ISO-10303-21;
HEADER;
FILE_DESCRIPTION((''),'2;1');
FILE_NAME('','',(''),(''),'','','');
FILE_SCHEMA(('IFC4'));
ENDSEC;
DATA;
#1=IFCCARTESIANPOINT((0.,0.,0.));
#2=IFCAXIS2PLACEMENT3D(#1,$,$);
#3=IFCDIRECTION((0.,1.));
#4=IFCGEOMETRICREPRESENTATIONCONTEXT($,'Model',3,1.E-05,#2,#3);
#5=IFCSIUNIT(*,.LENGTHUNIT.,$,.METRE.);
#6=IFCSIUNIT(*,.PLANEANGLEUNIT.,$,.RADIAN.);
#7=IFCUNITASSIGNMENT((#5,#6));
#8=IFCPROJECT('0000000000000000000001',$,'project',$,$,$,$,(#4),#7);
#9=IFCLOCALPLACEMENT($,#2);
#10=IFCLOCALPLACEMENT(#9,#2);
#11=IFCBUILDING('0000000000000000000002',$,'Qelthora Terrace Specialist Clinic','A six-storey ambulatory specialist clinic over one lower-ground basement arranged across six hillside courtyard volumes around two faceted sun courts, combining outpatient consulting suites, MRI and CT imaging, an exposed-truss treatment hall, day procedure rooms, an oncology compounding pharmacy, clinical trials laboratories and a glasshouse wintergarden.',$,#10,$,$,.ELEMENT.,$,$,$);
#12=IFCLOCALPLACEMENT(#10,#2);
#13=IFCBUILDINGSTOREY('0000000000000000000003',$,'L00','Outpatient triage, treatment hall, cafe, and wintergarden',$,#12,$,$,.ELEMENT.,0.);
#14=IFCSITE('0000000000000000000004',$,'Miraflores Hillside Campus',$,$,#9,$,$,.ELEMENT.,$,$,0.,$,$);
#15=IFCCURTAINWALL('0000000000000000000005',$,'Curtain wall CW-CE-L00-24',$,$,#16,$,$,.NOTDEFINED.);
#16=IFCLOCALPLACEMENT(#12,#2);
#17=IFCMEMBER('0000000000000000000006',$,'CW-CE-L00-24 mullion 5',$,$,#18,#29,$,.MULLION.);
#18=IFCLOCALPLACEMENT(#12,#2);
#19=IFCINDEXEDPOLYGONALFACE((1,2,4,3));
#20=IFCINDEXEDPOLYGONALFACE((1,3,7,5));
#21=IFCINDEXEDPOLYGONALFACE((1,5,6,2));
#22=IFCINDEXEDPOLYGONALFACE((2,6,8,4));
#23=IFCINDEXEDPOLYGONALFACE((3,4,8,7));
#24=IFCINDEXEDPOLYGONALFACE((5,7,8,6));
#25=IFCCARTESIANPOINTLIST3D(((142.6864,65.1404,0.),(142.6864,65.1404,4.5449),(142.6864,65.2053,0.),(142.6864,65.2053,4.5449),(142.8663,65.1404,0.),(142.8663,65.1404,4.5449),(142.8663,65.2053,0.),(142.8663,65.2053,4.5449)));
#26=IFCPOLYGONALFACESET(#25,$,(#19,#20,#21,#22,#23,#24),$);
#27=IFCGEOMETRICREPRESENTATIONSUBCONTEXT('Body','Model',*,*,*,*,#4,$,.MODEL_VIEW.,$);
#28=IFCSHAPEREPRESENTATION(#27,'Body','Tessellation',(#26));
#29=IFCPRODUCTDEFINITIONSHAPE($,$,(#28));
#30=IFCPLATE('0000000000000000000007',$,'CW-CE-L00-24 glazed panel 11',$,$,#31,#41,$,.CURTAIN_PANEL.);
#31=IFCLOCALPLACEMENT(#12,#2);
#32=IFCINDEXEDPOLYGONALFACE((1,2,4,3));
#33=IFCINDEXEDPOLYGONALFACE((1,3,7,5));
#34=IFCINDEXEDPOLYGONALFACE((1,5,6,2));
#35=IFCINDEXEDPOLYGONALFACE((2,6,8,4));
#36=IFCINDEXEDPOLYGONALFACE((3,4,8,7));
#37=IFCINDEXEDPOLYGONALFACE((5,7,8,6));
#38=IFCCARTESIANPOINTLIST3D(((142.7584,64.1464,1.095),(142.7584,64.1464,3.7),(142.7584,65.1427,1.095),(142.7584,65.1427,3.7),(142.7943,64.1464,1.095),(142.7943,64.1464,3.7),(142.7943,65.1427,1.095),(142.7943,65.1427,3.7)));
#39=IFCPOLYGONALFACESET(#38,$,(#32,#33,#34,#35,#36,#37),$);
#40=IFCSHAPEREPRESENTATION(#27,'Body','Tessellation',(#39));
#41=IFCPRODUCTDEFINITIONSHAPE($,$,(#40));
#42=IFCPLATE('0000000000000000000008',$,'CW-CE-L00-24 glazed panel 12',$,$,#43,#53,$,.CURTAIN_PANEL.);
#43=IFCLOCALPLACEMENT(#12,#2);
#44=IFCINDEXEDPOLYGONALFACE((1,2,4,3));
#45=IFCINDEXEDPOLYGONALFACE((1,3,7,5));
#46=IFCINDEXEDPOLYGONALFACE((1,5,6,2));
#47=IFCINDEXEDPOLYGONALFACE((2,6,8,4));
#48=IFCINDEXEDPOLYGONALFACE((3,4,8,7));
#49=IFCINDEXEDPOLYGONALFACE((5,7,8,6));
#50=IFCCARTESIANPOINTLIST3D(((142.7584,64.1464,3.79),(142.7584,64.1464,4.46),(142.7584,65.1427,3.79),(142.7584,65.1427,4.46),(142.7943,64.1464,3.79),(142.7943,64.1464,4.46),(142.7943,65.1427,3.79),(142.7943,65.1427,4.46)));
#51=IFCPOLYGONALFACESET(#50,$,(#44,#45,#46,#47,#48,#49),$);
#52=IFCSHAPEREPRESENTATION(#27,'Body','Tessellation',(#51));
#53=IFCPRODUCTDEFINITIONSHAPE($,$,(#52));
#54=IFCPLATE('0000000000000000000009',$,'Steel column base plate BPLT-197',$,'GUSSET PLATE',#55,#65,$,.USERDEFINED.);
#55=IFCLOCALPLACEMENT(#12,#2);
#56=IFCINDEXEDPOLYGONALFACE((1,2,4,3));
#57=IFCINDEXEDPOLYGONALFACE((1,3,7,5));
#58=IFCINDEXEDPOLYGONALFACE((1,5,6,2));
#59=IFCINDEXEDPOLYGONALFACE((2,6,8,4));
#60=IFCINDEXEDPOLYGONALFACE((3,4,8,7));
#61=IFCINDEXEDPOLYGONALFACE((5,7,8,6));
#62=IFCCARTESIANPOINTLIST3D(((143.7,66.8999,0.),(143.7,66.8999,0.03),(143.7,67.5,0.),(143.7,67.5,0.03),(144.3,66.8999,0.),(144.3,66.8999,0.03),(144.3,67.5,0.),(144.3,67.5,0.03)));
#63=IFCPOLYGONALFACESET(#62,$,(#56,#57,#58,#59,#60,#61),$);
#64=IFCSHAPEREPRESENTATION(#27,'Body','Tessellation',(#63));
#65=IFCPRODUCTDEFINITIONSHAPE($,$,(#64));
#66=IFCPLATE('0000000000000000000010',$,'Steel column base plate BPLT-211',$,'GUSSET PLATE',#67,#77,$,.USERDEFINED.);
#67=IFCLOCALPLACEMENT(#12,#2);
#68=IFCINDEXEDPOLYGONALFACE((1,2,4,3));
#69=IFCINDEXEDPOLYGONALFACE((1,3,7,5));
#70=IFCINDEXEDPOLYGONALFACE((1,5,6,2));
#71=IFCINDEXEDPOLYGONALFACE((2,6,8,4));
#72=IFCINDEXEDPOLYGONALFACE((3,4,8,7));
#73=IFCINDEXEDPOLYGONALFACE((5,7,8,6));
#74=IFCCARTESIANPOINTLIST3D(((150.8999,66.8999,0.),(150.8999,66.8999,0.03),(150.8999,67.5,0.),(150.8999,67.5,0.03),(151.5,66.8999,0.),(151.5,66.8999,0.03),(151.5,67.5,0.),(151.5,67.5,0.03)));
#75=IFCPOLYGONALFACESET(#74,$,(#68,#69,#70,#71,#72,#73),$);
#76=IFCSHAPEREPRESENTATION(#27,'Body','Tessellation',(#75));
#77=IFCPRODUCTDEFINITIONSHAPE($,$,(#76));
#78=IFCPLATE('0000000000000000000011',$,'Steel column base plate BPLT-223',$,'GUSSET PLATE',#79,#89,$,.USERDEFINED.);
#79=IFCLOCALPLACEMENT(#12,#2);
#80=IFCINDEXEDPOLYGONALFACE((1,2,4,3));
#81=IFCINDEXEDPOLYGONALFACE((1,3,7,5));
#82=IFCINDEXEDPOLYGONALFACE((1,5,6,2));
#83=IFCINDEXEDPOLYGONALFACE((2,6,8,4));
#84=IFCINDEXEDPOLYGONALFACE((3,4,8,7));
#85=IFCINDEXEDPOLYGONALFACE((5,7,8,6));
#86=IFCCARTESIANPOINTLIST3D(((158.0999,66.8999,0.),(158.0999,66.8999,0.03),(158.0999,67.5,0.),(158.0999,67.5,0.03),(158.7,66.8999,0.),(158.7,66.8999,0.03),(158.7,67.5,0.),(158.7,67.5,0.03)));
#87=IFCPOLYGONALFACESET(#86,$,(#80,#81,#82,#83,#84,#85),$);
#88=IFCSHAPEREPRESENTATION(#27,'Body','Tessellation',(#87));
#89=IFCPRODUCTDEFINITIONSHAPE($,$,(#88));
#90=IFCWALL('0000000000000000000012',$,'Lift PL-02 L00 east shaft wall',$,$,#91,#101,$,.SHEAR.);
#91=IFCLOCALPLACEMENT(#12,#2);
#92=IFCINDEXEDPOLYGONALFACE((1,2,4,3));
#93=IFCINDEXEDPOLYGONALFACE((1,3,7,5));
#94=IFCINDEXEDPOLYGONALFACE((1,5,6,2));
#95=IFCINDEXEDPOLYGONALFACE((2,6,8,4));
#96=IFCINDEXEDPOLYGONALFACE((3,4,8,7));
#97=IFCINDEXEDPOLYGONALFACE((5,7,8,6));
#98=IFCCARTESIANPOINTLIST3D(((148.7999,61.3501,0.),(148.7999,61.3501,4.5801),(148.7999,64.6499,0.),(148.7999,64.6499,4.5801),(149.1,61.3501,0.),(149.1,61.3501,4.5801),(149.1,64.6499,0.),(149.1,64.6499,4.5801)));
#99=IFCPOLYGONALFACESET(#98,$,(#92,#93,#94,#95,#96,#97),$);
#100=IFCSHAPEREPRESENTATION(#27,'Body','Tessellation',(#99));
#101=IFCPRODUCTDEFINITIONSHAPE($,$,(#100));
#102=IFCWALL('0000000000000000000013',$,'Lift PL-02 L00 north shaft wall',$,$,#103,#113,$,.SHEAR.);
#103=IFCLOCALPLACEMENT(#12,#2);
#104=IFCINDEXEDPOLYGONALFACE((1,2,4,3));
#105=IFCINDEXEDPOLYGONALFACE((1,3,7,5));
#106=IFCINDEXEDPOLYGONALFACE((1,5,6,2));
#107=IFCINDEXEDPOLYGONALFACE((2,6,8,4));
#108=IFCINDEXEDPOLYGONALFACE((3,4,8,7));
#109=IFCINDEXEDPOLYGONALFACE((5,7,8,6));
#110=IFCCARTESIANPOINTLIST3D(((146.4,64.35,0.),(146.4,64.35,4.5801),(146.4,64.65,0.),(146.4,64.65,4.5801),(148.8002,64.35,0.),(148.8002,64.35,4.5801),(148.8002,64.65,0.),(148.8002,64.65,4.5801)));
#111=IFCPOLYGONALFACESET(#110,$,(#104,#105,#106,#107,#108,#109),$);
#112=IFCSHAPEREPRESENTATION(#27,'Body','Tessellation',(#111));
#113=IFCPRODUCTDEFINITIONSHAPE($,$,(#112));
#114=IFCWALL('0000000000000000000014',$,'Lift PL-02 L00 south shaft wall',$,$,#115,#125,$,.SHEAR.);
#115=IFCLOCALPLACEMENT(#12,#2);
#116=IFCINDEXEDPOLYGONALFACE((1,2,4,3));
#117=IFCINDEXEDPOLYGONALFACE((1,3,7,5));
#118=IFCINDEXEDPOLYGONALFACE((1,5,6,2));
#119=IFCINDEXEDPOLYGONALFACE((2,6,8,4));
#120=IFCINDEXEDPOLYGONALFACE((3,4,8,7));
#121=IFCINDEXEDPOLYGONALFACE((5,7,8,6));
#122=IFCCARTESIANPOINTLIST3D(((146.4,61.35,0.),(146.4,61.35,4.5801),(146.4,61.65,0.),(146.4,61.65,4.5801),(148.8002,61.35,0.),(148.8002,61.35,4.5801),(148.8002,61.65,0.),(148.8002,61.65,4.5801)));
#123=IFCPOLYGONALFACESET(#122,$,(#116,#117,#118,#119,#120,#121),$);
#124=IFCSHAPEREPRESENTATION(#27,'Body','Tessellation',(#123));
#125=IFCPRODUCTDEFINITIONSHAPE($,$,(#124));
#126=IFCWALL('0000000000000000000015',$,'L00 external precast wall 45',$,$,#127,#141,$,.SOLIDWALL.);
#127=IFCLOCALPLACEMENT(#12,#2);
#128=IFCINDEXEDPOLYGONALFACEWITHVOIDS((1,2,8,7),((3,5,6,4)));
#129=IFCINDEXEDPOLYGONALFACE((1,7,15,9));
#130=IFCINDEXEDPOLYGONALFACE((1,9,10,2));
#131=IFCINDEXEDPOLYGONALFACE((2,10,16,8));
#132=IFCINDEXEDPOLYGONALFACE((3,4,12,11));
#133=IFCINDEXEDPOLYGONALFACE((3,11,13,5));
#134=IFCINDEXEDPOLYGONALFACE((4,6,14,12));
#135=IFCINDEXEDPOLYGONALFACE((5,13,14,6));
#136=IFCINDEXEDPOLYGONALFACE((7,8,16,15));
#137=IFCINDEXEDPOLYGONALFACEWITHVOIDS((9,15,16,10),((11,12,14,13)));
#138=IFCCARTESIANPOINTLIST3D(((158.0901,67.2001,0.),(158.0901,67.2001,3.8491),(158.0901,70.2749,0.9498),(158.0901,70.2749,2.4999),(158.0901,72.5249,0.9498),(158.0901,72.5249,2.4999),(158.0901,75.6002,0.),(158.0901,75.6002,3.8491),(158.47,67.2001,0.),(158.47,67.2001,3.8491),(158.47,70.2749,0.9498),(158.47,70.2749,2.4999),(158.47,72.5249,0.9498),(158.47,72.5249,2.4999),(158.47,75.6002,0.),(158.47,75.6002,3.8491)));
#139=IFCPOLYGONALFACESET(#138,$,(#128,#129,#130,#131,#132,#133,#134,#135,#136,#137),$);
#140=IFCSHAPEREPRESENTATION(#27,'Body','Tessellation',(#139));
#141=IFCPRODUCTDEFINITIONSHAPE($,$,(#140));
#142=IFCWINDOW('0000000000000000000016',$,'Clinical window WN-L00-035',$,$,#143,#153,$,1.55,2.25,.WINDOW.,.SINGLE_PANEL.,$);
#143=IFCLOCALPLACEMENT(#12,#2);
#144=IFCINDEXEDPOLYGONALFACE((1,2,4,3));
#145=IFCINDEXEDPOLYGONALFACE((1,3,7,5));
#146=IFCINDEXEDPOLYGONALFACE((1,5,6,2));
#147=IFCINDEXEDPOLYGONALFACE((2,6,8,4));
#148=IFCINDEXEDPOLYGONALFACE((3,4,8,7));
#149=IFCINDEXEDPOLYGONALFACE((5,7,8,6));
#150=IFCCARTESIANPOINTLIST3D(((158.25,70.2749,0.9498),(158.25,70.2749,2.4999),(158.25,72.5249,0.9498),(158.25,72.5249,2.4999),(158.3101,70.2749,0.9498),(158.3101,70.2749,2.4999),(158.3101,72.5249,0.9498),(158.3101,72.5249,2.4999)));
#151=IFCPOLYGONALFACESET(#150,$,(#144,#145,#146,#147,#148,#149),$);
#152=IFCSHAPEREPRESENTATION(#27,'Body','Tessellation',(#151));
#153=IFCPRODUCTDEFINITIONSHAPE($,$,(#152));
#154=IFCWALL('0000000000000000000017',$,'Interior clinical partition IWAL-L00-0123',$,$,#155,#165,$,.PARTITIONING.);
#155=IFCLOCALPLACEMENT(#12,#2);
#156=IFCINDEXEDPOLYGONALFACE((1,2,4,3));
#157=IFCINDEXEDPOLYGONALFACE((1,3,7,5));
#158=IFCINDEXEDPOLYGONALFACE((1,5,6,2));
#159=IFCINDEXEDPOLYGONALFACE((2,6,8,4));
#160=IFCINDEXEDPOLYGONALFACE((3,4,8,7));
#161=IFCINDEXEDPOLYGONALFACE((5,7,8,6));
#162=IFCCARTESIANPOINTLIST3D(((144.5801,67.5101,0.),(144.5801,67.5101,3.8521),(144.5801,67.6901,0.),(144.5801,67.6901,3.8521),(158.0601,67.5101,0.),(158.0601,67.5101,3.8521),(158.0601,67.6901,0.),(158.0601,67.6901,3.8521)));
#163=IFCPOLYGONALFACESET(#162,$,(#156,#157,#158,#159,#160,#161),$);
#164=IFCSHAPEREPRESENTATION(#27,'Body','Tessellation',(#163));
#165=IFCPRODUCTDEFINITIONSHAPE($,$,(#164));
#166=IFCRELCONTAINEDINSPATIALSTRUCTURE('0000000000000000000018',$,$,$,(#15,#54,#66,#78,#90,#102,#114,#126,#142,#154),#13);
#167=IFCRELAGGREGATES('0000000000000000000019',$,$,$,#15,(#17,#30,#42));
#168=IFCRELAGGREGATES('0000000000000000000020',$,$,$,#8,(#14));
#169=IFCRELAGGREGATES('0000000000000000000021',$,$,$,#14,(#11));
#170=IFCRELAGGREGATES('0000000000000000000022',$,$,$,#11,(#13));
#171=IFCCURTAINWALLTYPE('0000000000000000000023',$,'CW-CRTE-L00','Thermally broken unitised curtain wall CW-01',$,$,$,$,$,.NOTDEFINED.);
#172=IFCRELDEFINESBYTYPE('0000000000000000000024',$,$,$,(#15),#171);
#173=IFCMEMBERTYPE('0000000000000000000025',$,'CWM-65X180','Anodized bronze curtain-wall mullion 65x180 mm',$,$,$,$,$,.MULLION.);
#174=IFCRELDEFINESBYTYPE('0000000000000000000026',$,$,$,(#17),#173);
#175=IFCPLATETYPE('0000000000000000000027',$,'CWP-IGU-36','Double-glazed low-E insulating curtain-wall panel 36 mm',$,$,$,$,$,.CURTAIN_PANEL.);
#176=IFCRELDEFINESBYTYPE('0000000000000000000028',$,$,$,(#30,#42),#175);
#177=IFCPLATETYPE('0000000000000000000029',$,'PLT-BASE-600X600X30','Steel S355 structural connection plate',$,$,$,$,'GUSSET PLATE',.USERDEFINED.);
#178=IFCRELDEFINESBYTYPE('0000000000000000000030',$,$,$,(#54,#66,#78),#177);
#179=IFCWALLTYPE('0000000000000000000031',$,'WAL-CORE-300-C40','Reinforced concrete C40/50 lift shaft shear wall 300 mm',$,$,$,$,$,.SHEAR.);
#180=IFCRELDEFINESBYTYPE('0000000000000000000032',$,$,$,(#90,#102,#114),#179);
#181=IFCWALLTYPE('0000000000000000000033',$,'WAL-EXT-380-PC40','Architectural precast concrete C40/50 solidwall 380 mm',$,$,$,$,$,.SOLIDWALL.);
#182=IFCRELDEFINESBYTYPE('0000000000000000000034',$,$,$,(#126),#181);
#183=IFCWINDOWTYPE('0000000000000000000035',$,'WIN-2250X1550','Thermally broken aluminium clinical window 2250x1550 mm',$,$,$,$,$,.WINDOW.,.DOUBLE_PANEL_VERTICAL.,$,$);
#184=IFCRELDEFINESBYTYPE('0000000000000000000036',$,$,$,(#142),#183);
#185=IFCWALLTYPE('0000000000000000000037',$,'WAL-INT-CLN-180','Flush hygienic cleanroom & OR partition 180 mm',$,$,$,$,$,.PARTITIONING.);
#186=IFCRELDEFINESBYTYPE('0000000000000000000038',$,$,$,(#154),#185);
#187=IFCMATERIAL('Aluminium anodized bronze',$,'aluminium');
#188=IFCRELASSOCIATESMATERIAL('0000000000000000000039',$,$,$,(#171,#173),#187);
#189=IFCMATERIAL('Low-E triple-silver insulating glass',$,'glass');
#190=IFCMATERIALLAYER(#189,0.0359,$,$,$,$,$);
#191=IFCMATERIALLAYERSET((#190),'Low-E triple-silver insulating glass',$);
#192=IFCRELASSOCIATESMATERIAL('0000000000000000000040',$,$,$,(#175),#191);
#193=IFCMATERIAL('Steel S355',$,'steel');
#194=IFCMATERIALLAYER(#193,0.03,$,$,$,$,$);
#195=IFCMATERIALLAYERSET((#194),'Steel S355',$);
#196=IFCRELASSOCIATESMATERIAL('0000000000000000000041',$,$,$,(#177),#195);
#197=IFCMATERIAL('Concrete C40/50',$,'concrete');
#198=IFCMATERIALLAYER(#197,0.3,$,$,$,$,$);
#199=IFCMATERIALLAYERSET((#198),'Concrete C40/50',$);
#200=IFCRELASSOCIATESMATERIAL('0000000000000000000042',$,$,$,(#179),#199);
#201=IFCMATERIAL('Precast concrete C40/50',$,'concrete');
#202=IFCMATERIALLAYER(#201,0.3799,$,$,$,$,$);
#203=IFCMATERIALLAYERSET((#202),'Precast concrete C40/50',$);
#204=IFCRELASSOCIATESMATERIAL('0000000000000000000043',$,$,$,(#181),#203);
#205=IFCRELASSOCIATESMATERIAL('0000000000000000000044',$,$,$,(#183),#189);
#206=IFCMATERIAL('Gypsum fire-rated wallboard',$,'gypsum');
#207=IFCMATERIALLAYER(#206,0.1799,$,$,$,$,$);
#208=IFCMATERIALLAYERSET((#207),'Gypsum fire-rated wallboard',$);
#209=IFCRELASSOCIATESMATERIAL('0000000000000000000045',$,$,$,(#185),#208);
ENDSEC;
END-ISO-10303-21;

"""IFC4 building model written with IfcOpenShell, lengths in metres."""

from ifc_helpers import new_model, si_unit, direction, frame, frame_2d, origin, origin_2d, place, context, subcontext, project, spatial, rectangle, extrude, material, layer, layer_set, material_profile, profile_set, type_object, element, fill, aggregate, save


model = new_model("IFC4")

# Units and contexts
model_context = context("Model", 3, precision=1e-05, world=origin(), true_north=direction((0.0, 1.0)))
body_context = subcontext(model_context, "Body", "Model", "MODEL_VIEW")
ifc_project = project(units=[si_unit("LENGTHUNIT", "METRE"), si_unit("PLANEANGLEUNIT", "RADIAN")], contexts=[model_context])

# Site, building, storey
site_placement = place(None, origin())
site = spatial("IfcSite", under=ifc_project, at=site_placement, Name="Miraflores Hillside Campus", CompositionType="ELEMENT", RefElevation=0.0)
building_placement = place(site_placement, origin())
building = spatial("IfcBuilding", under=site, at=building_placement, Name="Qelthora Terrace Specialist Clinic", Description="A six-storey ambulatory specialist clinic over one lower-ground basement arranged across six hillside courtyard volumes around two faceted sun courts, combining outpatient consulting suites, MRI and CT imaging, an exposed-truss treatment hall, day procedure rooms, an oncology compounding pharmacy, clinical trials laboratories and a glasshouse wintergarden.", CompositionType="ELEMENT")
storey_placement = place(building_placement, origin())
storey = spatial("IfcBuildingStorey", under=building, at=storey_placement, Name="L00", Description="Outpatient triage, treatment hall, cafe, and wintergarden", CompositionType="ELEMENT", Elevation=0.0)

# Shared definitions
ifc_material_1 = material(Name="Steel S355", Category="steel")

# Curtain wall, member, plates
ifc_material_2 = material(Name="Aluminium anodized bronze", Category="aluminium")
curtain_wall_type = type_object("IfcCurtainWallType", Name="CW-CRTE-L00", Description="Thermally broken unitised curtain wall CW-01", PredefinedType="NOTDEFINED", material=ifc_material_2)
curtain_wall_placement = place(storey_placement, origin())
curtain_wall = element("IfcCurtainWall", 1, at=curtain_wall_placement, inside=storey, type_object=curtain_wall_type, Name="Curtain wall CW-CE-L00-24", PredefinedType="NOTDEFINED")
ifc_material_profile_1 = material_profile(ifc_material_2, rectangle(XDim=0.0649, YDim=0.1799, at=origin_2d()), Name="CWM65X180")
ifc_profile_set_1 = profile_set([ifc_material_profile_1], Name="Aluminium anodized bronze")
member_type = type_object("IfcMemberType", Name="CWM-65X180", Description="Anodized bronze curtain-wall mullion 65x180 mm", PredefinedType="MULLION", material=ifc_profile_set_1)
member_placement = place(storey_placement, frame((142.7764, 65.1729, 0.0), z_axis=(0.0, 0.0, 1.0), x_axis=(0.0, 1.0, 0.0)))
member = element("IfcMember", 2, at=member_placement, type_object=member_type, Name="CW-CE-L00-24 mullion 5", PredefinedType="MULLION", context=body_context, shape_type="SweptSolid", body=[
    extrude(rectangle(XDim=0.0649, YDim=0.1799, at=origin_2d()), origin(), (0.0, 0.0, 1.0), 4.5449),
])
ifc_material_3 = material(Name="Low-E triple-silver insulating glass", Category="glass")
ifc_layer_1 = layer(ifc_material_3, 0.0359)
ifc_layer_set_1 = layer_set([ifc_layer_1], Name="Low-E triple-silver insulating glass")
plate_type_1 = type_object("IfcPlateType", Name="CWP-IGU-36", Description="Double-glazed low-E insulating curtain-wall panel 36 mm", PredefinedType="CURTAIN_PANEL", material=ifc_layer_set_1)
plate_1_placement = place(storey_placement, frame((142.7764, 64.6445, 1.095), z_axis=(0.0, 0.0, 1.0), x_axis=(0.0, 1.0, 0.0)))
plate_1 = element("IfcPlate", 3, at=plate_1_placement, type_object=plate_type_1, Name="CW-CE-L00-24 glazed panel 11", PredefinedType="CURTAIN_PANEL", context=body_context, shape_type="SweptSolid", body=[
    extrude(rectangle(XDim=0.9963, YDim=0.0359, at=origin_2d()), origin(), (0.0, 0.0, 1.0), 2.605),
])
plate_2_placement = place(storey_placement, frame((142.7764, 64.6445, 3.79), z_axis=(0.0, 0.0, 1.0), x_axis=(0.0, 1.0, 0.0)))
plate_2 = element("IfcPlate", 4, at=plate_2_placement, type_object=plate_type_1, Name="CW-CE-L00-24 glazed panel 12", PredefinedType="CURTAIN_PANEL", context=body_context, shape_type="SweptSolid", body=[
    extrude(rectangle(XDim=0.9963, YDim=0.0359, at=origin_2d()), origin(), (0.0, 0.0, 1.0), 0.6699),
])
aggregate(curtain_wall, [member, plate_1, plate_2])

# Plates
ifc_layer_2 = layer(ifc_material_1, 0.03)
ifc_layer_set_2 = layer_set([ifc_layer_2], Name="Steel S355")
plate_type_2 = type_object("IfcPlateType", Name="PLT-BASE-600X600X30", Description="Steel S355 structural connection plate", ElementType="GUSSET PLATE", PredefinedType="USERDEFINED", material=ifc_layer_set_2)
for number, where, z_axis, x_axis, name in (
    (5, (144.0, 67.2, 0.0), (0.0, 0.0, 1.0), (1.0, 0.0, 0.0), "Steel column base plate BPLT-197"),
    (6, (151.2, 67.2, 0.0), (0.0, 0.0, 1.0), (1.0, 0.0, 0.0), "Steel column base plate BPLT-211"),
    (7, (158.3999, 67.2, 0.0), (0.0, 0.0, 1.0), (1.0, 0.0, 0.0), "Steel column base plate BPLT-223"),
):
    element("IfcPlate", number, at=place(storey_placement, frame(where, z_axis=z_axis, x_axis=x_axis)), inside=storey, type_object=plate_type_2, Name=name, ObjectType="GUSSET PLATE", PredefinedType="USERDEFINED", context=body_context, shape_type="SweptSolid", body=[
        extrude(rectangle(XDim=0.6001, YDim=0.6001, at=origin_2d()), origin(), (0.0, 0.0, 1.0), 0.03),
    ])

# Shared definitions
ifc_material_4 = material(Name="Concrete C40/50", Category="concrete")
ifc_layer_3 = layer(ifc_material_4, 0.3)
ifc_layer_set_3 = layer_set([ifc_layer_3], Name="Concrete C40/50")
wall_type_1 = type_object("IfcWallType", Name="WAL-CORE-300-C40", Description="Reinforced concrete C40/50 lift shaft shear wall 300 mm", PredefinedType="SHEAR", material=ifc_layer_set_3)

# Walls
wall_1_placement = place(storey_placement, frame((148.95, 61.3501, 0.0), z_axis=(0.0, 0.0, 1.0), x_axis=(0.0, 1.0, 0.0)))
element("IfcWall", 8, at=wall_1_placement, inside=storey, type_object=wall_type_1, Name="Lift PL-02 L00 east shaft wall", PredefinedType="SHEAR", context=body_context, shape_type="SweptSolid", body=[
    extrude(rectangle(XDim=3.2998, YDim=0.3, at=frame_2d((1.6499, 0.0))), origin(), (0.0, 0.0, 1.0), 4.5801),
])
for number, where, z_axis, x_axis, name in (
    (9, (146.3999, 64.5, 0.0), (0.0, 0.0, 1.0), (1.0, 0.0, 0.0), "Lift PL-02 L00 north shaft wall"),
    (10, (146.3999, 61.5, 0.0), (0.0, 0.0, 1.0), (1.0, 0.0, 0.0), "Lift PL-02 L00 south shaft wall"),
):
    element("IfcWall", number, at=place(storey_placement, frame(where, z_axis=z_axis, x_axis=x_axis)), inside=storey, type_object=wall_type_1, Name=name, PredefinedType="SHEAR", context=body_context, shape_type="SweptSolid", body=[
        extrude(rectangle(XDim=2.4001, YDim=0.3, at=frame_2d((1.2002, 0.0))), origin(), (0.0, 0.0, 1.0), 4.5801),
    ])

# Wall, opening, window
ifc_material_5 = material(Name="Precast concrete C40/50", Category="concrete")
ifc_layer_4 = layer(ifc_material_5, 0.3799)
ifc_layer_set_4 = layer_set([ifc_layer_4], Name="Precast concrete C40/50")
wall_type_2 = type_object("IfcWallType", Name="WAL-EXT-380-PC40", Description="Architectural precast concrete C40/50 solidwall 380 mm", PredefinedType="SOLIDWALL", material=ifc_layer_set_4)
wall_2_placement = place(storey_placement, frame((158.28, 67.2, 0.0), z_axis=(0.0, 0.0, 1.0), x_axis=(0.0, 1.0, 0.0)))
wall_2 = element("IfcWall", 11, at=wall_2_placement, inside=storey, type_object=wall_type_2, Name="L00 external precast wall 45", PredefinedType="SOLIDWALL", context=body_context, shape_type="SweptSolid", body=[
    extrude(rectangle(XDim=8.4001, YDim=0.3799, at=frame_2d((4.2002, 0.0))), origin(), (0.0, 0.0, 1.0), 3.8491),
])
opening_1_placement = place(wall_2_placement, frame((3.075, 0.0, 0.95)))
opening_1 = element("IfcOpeningElement", 12, at=opening_1_placement, cuts=wall_2, PredefinedType="OPENING", context=body_context, shape_type="SweptSolid", body=[
    extrude(rectangle(XDim=2.25, YDim=1.55, at=frame_2d((1.125, 0.7749))), frame((0.0, 0.2, 0.0), z_axis=(0.0, -1.0, 0.0), x_axis=(1.0, 0.0, 0.0)), (0.0, 0.0, 1.0), 0.3999),
])
window_type = type_object("IfcWindowType", Name="WIN-2250X1550", Description="Thermally broken aluminium clinical window 2250x1550 mm", PartitioningType="DOUBLE_PANEL_VERTICAL", PredefinedType="WINDOW", material=ifc_material_3)
window_placement = place(opening_1_placement, origin())
window = element("IfcWindow", 13, at=window_placement, inside=storey, type_object=window_type, Name="Clinical window WN-L00-035", OverallHeight=1.55, OverallWidth=2.25, PartitioningType="SINGLE_PANEL", PredefinedType="WINDOW", context=body_context, shape_type="SweptSolid", body=[
    extrude(rectangle(XDim=2.25, YDim=1.55, at=frame_2d((1.125, 0.7749))), frame((0.0, 0.03, 0.0), z_axis=(0.0, -1.0, 0.0), x_axis=(1.0, 0.0, 0.0)), (0.0, 0.0, 1.0), 0.0601),
])
fill(opening_1, window)

# Wall
ifc_material_6 = material(Name="Gypsum fire-rated wallboard", Category="gypsum")
ifc_layer_5 = layer(ifc_material_6, 0.1799)
ifc_layer_set_5 = layer_set([ifc_layer_5], Name="Gypsum fire-rated wallboard")
wall_type_3 = type_object("IfcWallType", Name="WAL-INT-CLN-180", Description="Flush hygienic cleanroom & OR partition 180 mm", PredefinedType="PARTITIONING", material=ifc_layer_set_5)
wall_3_placement = place(storey_placement, frame((158.0601, 67.6001, 0.0), z_axis=(0.0, 0.0, 1.0), x_axis=(-1.0, 0.0, 0.0)))
element("IfcWall", 14, at=wall_3_placement, inside=storey, type_object=wall_type_3, Name="Interior clinical partition IWAL-L00-0123", PredefinedType="PARTITIONING", context=body_context, shape_type="SweptSolid", body=[
    extrude(rectangle(XDim=13.48, YDim=0.1799, at=frame_2d((6.74, 0.0))), origin(), (0.0, 0.0, 1.0), 3.8521),
])

save(model, "model.ifc")
